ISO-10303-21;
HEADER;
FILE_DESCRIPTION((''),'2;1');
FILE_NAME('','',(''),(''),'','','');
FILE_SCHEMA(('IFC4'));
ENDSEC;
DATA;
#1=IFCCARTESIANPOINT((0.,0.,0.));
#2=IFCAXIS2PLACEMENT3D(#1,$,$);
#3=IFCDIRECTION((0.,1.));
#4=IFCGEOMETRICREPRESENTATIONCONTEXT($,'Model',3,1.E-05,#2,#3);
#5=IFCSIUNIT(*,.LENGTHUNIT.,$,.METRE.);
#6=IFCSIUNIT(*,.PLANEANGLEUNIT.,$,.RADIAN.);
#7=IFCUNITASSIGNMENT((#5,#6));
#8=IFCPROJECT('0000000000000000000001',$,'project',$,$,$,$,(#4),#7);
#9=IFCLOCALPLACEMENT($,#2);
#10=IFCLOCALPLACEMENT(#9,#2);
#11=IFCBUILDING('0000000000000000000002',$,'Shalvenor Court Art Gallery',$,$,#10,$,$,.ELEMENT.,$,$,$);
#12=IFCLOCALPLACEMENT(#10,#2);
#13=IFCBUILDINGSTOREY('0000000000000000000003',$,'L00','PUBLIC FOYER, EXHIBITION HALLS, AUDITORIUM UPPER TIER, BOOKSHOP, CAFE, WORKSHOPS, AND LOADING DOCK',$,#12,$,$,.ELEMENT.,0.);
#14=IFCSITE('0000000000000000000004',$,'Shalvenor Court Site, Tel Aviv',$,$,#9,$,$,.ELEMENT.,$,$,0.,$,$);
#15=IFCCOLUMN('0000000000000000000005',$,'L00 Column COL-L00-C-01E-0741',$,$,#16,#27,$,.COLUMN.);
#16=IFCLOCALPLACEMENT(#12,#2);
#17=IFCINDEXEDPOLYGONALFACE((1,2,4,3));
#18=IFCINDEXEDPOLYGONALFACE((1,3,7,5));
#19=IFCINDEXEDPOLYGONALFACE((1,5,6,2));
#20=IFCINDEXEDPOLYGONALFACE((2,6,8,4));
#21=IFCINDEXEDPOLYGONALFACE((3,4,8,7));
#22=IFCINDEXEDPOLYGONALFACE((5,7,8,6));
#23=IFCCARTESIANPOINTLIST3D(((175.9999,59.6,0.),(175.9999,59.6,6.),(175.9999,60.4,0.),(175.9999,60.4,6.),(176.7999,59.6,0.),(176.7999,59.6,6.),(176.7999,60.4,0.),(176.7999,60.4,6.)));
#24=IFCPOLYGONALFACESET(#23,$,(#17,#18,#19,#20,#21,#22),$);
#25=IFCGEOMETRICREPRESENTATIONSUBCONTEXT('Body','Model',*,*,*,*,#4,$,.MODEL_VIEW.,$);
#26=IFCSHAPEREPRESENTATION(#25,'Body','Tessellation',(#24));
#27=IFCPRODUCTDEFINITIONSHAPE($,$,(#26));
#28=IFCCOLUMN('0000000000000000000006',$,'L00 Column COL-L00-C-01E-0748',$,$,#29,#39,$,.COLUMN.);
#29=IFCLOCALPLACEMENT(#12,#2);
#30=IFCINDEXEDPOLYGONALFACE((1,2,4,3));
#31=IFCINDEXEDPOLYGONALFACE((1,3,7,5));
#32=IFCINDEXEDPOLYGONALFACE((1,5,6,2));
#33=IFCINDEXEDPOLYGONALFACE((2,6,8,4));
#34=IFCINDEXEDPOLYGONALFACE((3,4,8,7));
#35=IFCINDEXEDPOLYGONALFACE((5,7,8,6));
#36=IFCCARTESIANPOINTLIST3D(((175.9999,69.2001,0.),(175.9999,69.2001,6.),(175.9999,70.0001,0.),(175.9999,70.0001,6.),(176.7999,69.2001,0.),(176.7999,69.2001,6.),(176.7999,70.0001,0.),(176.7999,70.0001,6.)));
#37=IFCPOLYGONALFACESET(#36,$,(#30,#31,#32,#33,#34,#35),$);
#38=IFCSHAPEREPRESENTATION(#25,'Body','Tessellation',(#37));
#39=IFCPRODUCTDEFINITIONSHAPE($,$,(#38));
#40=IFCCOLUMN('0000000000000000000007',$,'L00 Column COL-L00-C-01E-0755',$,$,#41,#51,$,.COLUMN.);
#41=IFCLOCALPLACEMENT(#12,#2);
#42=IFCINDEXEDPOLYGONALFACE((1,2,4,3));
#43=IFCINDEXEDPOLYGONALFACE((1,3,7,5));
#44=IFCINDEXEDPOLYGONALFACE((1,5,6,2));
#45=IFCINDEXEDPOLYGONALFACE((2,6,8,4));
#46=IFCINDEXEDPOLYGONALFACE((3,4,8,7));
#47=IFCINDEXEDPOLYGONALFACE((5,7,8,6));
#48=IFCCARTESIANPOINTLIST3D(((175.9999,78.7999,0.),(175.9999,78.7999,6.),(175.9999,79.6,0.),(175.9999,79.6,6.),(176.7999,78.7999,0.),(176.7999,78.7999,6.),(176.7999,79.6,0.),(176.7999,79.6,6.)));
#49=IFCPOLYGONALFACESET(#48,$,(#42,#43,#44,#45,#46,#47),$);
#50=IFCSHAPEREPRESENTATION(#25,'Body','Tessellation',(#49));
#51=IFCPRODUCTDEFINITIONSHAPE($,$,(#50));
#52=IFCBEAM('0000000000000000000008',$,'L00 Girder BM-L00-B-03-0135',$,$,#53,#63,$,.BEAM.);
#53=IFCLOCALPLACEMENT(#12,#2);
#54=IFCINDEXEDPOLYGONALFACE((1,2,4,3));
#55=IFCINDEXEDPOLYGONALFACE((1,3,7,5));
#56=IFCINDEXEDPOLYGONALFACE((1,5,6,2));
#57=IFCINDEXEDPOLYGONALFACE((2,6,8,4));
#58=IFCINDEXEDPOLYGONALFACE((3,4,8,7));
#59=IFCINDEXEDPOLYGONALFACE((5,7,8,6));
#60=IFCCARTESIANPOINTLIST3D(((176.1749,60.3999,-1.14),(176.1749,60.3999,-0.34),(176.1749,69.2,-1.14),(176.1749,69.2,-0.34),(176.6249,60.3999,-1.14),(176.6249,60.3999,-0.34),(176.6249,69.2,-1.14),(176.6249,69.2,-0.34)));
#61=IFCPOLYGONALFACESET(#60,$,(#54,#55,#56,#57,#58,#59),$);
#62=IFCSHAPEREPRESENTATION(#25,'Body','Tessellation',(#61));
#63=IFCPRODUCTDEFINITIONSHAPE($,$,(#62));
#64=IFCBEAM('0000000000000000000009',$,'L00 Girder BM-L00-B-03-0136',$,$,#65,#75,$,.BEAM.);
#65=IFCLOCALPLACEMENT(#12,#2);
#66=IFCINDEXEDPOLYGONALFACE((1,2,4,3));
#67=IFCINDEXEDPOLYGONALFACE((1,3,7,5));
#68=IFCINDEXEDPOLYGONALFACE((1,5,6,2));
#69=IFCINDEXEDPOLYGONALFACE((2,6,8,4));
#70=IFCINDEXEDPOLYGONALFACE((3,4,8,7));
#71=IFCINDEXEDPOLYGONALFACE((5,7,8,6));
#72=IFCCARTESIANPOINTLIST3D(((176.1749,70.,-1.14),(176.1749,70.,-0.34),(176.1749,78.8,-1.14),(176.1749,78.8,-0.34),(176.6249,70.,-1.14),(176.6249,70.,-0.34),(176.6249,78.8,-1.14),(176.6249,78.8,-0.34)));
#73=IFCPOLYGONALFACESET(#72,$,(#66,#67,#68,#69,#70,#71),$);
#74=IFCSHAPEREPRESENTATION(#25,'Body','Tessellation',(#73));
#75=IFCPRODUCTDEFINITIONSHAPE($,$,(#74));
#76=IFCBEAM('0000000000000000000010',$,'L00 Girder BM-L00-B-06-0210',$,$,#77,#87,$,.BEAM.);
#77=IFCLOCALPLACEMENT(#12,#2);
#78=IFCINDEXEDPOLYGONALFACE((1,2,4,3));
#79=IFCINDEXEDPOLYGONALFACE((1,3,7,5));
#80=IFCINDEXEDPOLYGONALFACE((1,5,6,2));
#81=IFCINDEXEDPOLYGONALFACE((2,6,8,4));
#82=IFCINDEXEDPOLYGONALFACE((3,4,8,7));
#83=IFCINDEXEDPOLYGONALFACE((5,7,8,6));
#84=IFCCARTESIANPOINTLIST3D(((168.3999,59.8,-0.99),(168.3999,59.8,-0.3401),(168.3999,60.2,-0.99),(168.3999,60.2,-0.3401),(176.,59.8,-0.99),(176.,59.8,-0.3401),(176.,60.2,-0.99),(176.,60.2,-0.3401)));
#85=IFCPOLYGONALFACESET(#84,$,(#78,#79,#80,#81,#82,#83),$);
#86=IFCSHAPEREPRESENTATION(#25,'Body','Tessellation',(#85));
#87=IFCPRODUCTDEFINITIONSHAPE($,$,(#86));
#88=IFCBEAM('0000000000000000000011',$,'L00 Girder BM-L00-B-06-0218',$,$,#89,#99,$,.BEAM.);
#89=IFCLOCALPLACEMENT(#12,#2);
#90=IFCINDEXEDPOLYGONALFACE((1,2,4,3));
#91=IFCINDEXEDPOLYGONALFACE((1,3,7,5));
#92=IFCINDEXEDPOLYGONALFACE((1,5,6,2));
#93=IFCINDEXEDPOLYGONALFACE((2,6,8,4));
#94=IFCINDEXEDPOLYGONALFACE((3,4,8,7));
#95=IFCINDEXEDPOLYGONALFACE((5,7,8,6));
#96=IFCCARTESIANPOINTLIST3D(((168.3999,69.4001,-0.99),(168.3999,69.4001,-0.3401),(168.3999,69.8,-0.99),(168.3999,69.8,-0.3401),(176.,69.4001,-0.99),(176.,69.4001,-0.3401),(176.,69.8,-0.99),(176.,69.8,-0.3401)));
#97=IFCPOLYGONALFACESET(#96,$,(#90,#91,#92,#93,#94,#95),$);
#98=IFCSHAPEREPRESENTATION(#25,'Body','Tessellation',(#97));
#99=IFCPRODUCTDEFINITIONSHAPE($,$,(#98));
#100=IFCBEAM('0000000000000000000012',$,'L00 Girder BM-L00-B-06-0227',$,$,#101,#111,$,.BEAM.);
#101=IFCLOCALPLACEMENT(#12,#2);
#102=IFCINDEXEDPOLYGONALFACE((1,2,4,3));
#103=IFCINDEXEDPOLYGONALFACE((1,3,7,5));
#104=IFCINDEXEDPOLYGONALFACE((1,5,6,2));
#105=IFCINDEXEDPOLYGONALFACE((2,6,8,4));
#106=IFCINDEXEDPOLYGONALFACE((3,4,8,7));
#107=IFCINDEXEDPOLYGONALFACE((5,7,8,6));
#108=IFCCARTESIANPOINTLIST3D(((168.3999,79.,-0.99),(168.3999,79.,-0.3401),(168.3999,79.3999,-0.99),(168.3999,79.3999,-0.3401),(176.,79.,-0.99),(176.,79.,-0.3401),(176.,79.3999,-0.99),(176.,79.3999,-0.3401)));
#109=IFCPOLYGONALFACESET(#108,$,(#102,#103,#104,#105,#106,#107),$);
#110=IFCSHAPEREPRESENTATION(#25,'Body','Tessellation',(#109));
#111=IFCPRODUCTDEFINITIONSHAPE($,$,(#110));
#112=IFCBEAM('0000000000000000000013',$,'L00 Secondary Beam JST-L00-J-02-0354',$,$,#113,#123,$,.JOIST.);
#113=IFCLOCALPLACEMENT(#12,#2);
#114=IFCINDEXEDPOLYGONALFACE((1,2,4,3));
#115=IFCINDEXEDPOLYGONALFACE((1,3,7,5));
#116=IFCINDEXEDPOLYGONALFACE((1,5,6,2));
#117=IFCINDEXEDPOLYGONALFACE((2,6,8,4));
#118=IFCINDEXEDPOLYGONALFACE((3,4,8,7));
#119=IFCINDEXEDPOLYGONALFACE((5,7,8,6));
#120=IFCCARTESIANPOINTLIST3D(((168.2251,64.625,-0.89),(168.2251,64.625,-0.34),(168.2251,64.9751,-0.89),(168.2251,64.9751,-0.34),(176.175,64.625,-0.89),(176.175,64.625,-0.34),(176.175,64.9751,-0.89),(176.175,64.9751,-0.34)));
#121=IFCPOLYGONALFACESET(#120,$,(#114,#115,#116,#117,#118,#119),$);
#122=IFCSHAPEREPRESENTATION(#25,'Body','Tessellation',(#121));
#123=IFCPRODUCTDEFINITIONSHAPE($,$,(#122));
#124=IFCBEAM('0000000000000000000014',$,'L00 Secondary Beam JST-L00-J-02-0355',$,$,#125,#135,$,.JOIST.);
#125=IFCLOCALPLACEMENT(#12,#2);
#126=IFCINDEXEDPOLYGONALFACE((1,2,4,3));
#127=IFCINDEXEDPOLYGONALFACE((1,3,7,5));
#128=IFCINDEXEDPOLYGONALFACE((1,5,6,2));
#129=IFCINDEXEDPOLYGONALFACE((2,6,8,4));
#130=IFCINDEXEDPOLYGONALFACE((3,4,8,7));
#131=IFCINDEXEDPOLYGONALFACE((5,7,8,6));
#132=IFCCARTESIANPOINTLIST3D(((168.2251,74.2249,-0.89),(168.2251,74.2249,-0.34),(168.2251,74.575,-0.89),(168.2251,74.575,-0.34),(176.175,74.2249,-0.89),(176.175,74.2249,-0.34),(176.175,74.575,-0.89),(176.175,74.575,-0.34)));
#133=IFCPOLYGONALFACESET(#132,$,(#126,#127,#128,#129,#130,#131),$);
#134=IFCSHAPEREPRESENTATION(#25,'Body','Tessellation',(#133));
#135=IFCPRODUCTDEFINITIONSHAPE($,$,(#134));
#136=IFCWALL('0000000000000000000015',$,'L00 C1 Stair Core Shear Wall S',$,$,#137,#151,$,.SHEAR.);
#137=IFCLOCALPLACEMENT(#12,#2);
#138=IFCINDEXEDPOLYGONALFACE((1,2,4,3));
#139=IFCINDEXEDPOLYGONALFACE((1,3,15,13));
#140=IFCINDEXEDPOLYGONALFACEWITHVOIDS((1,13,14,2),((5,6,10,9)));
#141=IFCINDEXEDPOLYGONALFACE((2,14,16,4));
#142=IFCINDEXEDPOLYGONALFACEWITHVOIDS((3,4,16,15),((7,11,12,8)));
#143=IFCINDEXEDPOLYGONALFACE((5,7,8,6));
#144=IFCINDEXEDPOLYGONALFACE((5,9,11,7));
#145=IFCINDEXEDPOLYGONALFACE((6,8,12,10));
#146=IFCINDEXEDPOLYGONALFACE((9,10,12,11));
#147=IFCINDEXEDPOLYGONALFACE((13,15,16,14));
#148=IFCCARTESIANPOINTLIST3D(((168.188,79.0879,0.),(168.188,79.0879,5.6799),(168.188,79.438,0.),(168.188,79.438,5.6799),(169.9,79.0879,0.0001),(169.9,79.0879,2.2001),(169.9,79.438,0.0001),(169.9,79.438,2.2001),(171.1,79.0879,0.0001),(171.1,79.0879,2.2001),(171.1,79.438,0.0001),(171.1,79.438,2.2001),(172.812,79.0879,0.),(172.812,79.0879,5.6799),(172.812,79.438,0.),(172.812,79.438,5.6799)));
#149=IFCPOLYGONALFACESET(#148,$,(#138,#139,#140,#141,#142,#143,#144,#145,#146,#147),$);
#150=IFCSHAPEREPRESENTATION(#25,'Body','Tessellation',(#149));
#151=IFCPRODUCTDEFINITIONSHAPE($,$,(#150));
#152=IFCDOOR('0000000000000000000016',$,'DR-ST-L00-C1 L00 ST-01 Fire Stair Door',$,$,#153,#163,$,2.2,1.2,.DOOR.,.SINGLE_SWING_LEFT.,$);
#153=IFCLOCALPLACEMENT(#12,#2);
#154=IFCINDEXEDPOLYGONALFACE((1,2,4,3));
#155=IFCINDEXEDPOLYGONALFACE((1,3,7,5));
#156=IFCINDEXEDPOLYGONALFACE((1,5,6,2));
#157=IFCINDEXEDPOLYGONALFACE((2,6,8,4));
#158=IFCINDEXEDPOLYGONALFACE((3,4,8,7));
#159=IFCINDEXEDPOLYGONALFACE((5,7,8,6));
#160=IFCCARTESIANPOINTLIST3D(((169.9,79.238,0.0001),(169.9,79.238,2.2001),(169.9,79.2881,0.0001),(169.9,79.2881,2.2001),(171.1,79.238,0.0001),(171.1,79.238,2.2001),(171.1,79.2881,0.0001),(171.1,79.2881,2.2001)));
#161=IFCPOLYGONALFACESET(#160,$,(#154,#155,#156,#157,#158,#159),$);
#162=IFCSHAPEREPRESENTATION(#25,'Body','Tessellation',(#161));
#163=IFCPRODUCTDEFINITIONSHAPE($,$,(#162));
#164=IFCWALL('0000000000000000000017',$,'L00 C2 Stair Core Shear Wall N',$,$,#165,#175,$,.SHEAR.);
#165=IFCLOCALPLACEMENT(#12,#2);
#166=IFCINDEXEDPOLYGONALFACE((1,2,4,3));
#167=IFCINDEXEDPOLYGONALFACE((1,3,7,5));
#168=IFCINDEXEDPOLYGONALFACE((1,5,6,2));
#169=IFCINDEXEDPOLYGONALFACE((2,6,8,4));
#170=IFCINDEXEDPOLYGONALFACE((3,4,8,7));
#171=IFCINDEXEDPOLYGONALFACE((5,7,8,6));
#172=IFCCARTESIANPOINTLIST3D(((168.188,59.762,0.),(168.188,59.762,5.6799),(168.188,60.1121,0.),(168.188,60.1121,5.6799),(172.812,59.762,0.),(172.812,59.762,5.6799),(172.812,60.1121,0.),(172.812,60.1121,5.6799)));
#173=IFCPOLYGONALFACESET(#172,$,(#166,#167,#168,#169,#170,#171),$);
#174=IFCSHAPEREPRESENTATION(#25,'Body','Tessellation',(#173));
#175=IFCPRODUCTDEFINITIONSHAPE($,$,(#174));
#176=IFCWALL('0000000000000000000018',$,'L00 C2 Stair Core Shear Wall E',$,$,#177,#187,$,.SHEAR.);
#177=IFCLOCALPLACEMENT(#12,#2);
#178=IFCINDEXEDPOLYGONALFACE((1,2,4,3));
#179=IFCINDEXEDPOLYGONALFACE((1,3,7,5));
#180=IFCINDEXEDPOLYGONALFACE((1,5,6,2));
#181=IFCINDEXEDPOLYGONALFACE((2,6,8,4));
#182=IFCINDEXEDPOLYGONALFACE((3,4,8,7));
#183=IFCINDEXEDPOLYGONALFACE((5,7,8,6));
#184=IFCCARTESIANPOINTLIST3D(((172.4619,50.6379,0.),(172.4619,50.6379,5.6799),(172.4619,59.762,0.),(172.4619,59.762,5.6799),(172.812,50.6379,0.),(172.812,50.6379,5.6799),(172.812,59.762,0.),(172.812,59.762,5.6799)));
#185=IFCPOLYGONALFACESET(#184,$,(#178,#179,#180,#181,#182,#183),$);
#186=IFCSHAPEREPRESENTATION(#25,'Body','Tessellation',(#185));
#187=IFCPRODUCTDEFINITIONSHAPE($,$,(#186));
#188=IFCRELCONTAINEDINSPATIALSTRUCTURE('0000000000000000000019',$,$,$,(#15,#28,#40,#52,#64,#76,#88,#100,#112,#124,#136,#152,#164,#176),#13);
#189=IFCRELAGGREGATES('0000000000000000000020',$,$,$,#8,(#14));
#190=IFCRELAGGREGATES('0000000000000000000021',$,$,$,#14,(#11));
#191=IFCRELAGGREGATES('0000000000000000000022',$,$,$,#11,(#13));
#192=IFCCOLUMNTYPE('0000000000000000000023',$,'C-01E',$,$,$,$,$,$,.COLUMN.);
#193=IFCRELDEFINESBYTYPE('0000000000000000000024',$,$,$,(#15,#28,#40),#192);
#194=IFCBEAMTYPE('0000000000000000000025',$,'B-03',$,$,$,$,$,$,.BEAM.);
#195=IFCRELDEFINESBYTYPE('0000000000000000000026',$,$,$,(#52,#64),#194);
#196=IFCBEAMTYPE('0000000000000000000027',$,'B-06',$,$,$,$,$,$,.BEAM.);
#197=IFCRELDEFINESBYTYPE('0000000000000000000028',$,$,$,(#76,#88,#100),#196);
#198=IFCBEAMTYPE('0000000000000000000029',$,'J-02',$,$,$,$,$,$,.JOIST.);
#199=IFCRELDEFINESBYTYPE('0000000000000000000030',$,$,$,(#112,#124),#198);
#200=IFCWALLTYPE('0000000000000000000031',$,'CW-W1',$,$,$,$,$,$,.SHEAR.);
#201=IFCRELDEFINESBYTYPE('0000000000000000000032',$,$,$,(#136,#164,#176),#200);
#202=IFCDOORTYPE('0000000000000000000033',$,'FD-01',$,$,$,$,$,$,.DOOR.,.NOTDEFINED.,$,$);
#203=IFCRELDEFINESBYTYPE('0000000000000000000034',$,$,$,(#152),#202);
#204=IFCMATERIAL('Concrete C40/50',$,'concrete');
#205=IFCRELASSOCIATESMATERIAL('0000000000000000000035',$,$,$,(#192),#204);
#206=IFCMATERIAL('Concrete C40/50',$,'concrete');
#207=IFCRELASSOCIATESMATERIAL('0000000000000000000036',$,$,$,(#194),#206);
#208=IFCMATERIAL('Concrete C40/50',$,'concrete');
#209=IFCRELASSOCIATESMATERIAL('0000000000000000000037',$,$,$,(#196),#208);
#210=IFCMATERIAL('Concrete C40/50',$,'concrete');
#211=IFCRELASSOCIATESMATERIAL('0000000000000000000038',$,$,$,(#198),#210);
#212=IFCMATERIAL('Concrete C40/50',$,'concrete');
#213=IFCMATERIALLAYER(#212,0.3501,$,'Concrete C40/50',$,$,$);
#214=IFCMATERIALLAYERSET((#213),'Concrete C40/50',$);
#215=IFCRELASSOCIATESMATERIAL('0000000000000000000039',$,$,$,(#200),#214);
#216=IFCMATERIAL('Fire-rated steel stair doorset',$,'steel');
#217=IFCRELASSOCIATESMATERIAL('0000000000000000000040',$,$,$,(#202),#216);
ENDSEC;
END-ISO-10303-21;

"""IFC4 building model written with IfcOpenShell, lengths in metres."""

from ifc_helpers import new_model, si_unit, direction, frame, frame_2d, origin, origin_2d, place, context, subcontext, project, spatial, rectangle, extrude, material, layer, layer_set, material_profile, profile_set, type_object, element, fill, save


model = new_model("IFC4")

# Units and contexts
model_context = context("Model", 3, precision=1e-05, world=origin(), true_north=direction((0.0, 1.0)))
body_context = subcontext(model_context, "Body", "Model", "MODEL_VIEW")
ifc_project = project(units=[si_unit("LENGTHUNIT", "METRE"), si_unit("PLANEANGLEUNIT", "RADIAN")], contexts=[model_context])

# Site, building, storey
site_placement = place(None, origin())
site = spatial("IfcSite", under=ifc_project, at=site_placement, Name="Shalvenor Court Site, Tel Aviv", CompositionType="ELEMENT", RefElevation=0.0)
building_placement = place(site_placement, origin())
building = spatial("IfcBuilding", under=site, at=building_placement, Name="Shalvenor Court Art Gallery", CompositionType="ELEMENT")
storey_placement = place(building_placement, origin())
storey = spatial("IfcBuildingStorey", under=building, at=storey_placement, Name="L00", Description="PUBLIC FOYER, EXHIBITION HALLS, AUDITORIUM UPPER TIER, BOOKSHOP, CAFE, WORKSHOPS, AND LOADING DOCK", CompositionType="ELEMENT", Elevation=0.0)

# Columns
ifc_material_1 = material(Name="Concrete C40/50", Category="concrete")
ifc_material_profile_1 = material_profile(ifc_material_1, rectangle(XDim=0.8, YDim=0.8, at=origin_2d()), Name="RC 800x800")
ifc_profile_set_1 = profile_set([ifc_material_profile_1], Name="Concrete C40/50")
column_type = type_object("IfcColumnType", Name="C-01E", PredefinedType="COLUMN", material=ifc_profile_set_1)
for number, where, z_axis, x_axis, name in (
    (1, (176.3999, 60.0, 0.0), (0.0, 0.0, 1.0), (1.0, 0.0, 0.0), "L00 Column COL-L00-C-01E-0741"),
    (2, (176.3999, 69.6001, 0.0), (0.0, 0.0, 1.0), (1.0, 0.0, 0.0), "L00 Column COL-L00-C-01E-0748"),
    (3, (176.3999, 79.2, 0.0), (0.0, 0.0, 1.0), (1.0, 0.0, 0.0), "L00 Column COL-L00-C-01E-0755"),
):
    element("IfcColumn", number, at=place(storey_placement, frame(where, z_axis=z_axis, x_axis=x_axis)), inside=storey, type_object=column_type, Name=name, PredefinedType="COLUMN", context=body_context, shape_type="SweptSolid", body=[
        extrude(rectangle(XDim=0.8, YDim=0.8, at=origin_2d()), origin(), (0.0, 0.0, 1.0), 6.0),
    ])

# Beams
ifc_material_2 = material(Name="Concrete C40/50", Category="concrete")
ifc_material_profile_2 = material_profile(ifc_material_2, rectangle(XDim=0.45, YDim=0.8, at=origin_2d()), Name="RC 450x800")
ifc_profile_set_2 = profile_set([ifc_material_profile_2], Name="Concrete C40/50")
beam_type_1 = type_object("IfcBeamType", Name="B-03", PredefinedType="BEAM", material=ifc_profile_set_2)
for number, where, z_axis, x_axis, name in (
    (4, (176.3999, 60.3999, -0.74), (0.0, 1.0, 0.0), (-1.0, 0.0, 0.0), "L00 Girder BM-L00-B-03-0135"),
    (5, (176.3999, 70.0, -0.74), (0.0, 1.0, 0.0), (-1.0, 0.0, 0.0), "L00 Girder BM-L00-B-03-0136"),
):
    element("IfcBeam", number, at=place(storey_placement, frame(where, z_axis=z_axis, x_axis=x_axis)), inside=storey, type_object=beam_type_1, Name=name, PredefinedType="BEAM", context=body_context, shape_type="SweptSolid", body=[
        extrude(rectangle(XDim=0.45, YDim=0.8, at=origin_2d()), origin(), (0.0, 0.0, 1.0), 8.8),
    ])
ifc_material_3 = material(Name="Concrete C40/50", Category="concrete")
ifc_material_profile_3 = material_profile(ifc_material_3, rectangle(XDim=0.3999, YDim=0.6499, at=origin_2d()), Name="RC 400x650")
ifc_profile_set_3 = profile_set([ifc_material_profile_3], Name="Concrete C40/50")
beam_type_2 = type_object("IfcBeamType", Name="B-06", PredefinedType="BEAM", material=ifc_profile_set_3)
for number, where, z_axis, x_axis, name in (
    (6, (168.3999, 60.0, -0.665), (1.0, 0.0, 0.0), (0.0, 1.0, 0.0), "L00 Girder BM-L00-B-06-0210"),
    (7, (168.3999, 69.6001, -0.665), (1.0, 0.0, 0.0), (0.0, 1.0, 0.0), "L00 Girder BM-L00-B-06-0218"),
    (8, (168.3999, 79.2, -0.665), (1.0, 0.0, 0.0), (0.0, 1.0, 0.0), "L00 Girder BM-L00-B-06-0227"),
):
    element("IfcBeam", number, at=place(storey_placement, frame(where, z_axis=z_axis, x_axis=x_axis)), inside=storey, type_object=beam_type_2, Name=name, PredefinedType="BEAM", context=body_context, shape_type="SweptSolid", body=[
        extrude(rectangle(XDim=0.3999, YDim=0.6499, at=origin_2d()), origin(), (0.0, 0.0, 1.0), 7.6001),
    ])
ifc_material_4 = material(Name="Concrete C40/50", Category="concrete")
ifc_material_profile_4 = material_profile(ifc_material_4, rectangle(XDim=0.3501, YDim=0.55, at=origin_2d()), Name="RC 350x550")
ifc_profile_set_4 = profile_set([ifc_material_profile_4], Name="Concrete C40/50")
beam_type_3 = type_object("IfcBeamType", Name="J-02", PredefinedType="JOIST", material=ifc_profile_set_4)
for number, where, z_axis, x_axis, name in (
    (9, (168.2251, 64.8, -0.615), (1.0, 0.0, 0.0), (0.0, 1.0, 0.0), "L00 Secondary Beam JST-L00-J-02-0354"),
    (10, (168.2251, 74.3999, -0.615), (1.0, 0.0, 0.0), (0.0, 1.0, 0.0), "L00 Secondary Beam JST-L00-J-02-0355"),
):
    element("IfcBeam", number, at=place(storey_placement, frame(where, z_axis=z_axis, x_axis=x_axis)), inside=storey, type_object=beam_type_3, Name=name, PredefinedType="JOIST", context=body_context, shape_type="SweptSolid", body=[
        extrude(rectangle(XDim=0.3501, YDim=0.55, at=origin_2d()), origin(), (0.0, 0.0, 1.0), 7.95),
    ])

# Wall, opening, door
ifc_material_5 = material(Name="Concrete C40/50", Category="concrete")
ifc_layer_1 = layer(ifc_material_5, 0.3501, Name="Concrete C40/50")
ifc_layer_set_1 = layer_set([ifc_layer_1], Name="Concrete C40/50")
wall_type_1 = type_object("IfcWallType", Name="CW-W1", PredefinedType="SHEAR", material=ifc_layer_set_1)
wall_1_placement = place(storey_placement, frame((172.812, 79.2629, 0.0), z_axis=(0.0, 0.0, 1.0), x_axis=(-1.0, 0.0, 0.0)))
wall_1 = element("IfcWall", 11, at=wall_1_placement, inside=storey, type_object=wall_type_1, Name="L00 C1 Stair Core Shear Wall S", PredefinedType="SHEAR", context=body_context, shape_type="SweptSolid", body=[
    extrude(rectangle(XDim=4.624, YDim=0.3501, at=frame_2d((2.312, 0.0))), origin(), (0.0, 0.0, 1.0), 5.6799),
])
opening_1_placement = place(wall_1_placement, frame((1.7119, 0.0, 0.0)))
opening_1 = element("IfcOpeningElement", 12, at=opening_1_placement, cuts=wall_1, PredefinedType="OPENING", context=body_context, shape_type="SweptSolid", body=[
    extrude(rectangle(XDim=1.2, YDim=2.2, at=frame_2d((0.6001, 1.1001))), frame((0.0, 0.1851, 0.0), z_axis=(0.0, -1.0, 0.0), x_axis=(1.0, 0.0, 0.0)), (0.0, 0.0, 1.0), 0.3701),
])
ifc_material_6 = material(Name="Fire-rated steel stair doorset", Category="steel")
door_type_1 = type_object("IfcDoorType", Name="FD-01", OperationType="NOTDEFINED", PredefinedType="DOOR", material=ifc_material_6)
door_1_placement = place(opening_1_placement, origin())
door_1 = element("IfcDoor", 13, at=door_1_placement, inside=storey, type_object=door_type_1, Name="DR-ST-L00-C1 L00 ST-01 Fire Stair Door", OperationType="SINGLE_SWING_LEFT", OverallHeight=2.2, OverallWidth=1.2, PredefinedType="DOOR", context=body_context, shape_type="SweptSolid", body=[
    extrude(rectangle(XDim=1.2, YDim=2.2, at=frame_2d((0.6001, 1.1001))), frame((0.0, 0.0249, 0.0), z_axis=(0.0, -1.0, 0.0), x_axis=(1.0, 0.0, 0.0)), (0.0, 0.0, 1.0), 0.05),
])
fill(opening_1, door_1)

# Walls
wall_2_placement = place(storey_placement, frame((168.188, 59.937, 0.0), z_axis=(0.0, 0.0, 1.0), x_axis=(1.0, 0.0, 0.0)))
element("IfcWall", 14, at=wall_2_placement, inside=storey, type_object=wall_type_1, Name="L00 C2 Stair Core Shear Wall N", PredefinedType="SHEAR", context=body_context, shape_type="SweptSolid", body=[
    extrude(rectangle(XDim=4.624, YDim=0.3501, at=frame_2d((2.312, 0.0))), origin(), (0.0, 0.0, 1.0), 5.6799),
])
wall_3_placement = place(storey_placement, frame((172.637, 59.762, 0.0), z_axis=(0.0, 0.0, 1.0), x_axis=(0.0, -1.0, 0.0)))
element("IfcWall", 15, at=wall_3_placement, inside=storey, type_object=wall_type_1, Name="L00 C2 Stair Core Shear Wall E", PredefinedType="SHEAR", context=body_context, shape_type="SweptSolid", body=[
    extrude(rectangle(XDim=9.124, YDim=0.3501, at=frame_2d((4.562, 0.0))), origin(), (0.0, 0.0, 1.0), 5.6799),
])

save(model, "model.ifc")
